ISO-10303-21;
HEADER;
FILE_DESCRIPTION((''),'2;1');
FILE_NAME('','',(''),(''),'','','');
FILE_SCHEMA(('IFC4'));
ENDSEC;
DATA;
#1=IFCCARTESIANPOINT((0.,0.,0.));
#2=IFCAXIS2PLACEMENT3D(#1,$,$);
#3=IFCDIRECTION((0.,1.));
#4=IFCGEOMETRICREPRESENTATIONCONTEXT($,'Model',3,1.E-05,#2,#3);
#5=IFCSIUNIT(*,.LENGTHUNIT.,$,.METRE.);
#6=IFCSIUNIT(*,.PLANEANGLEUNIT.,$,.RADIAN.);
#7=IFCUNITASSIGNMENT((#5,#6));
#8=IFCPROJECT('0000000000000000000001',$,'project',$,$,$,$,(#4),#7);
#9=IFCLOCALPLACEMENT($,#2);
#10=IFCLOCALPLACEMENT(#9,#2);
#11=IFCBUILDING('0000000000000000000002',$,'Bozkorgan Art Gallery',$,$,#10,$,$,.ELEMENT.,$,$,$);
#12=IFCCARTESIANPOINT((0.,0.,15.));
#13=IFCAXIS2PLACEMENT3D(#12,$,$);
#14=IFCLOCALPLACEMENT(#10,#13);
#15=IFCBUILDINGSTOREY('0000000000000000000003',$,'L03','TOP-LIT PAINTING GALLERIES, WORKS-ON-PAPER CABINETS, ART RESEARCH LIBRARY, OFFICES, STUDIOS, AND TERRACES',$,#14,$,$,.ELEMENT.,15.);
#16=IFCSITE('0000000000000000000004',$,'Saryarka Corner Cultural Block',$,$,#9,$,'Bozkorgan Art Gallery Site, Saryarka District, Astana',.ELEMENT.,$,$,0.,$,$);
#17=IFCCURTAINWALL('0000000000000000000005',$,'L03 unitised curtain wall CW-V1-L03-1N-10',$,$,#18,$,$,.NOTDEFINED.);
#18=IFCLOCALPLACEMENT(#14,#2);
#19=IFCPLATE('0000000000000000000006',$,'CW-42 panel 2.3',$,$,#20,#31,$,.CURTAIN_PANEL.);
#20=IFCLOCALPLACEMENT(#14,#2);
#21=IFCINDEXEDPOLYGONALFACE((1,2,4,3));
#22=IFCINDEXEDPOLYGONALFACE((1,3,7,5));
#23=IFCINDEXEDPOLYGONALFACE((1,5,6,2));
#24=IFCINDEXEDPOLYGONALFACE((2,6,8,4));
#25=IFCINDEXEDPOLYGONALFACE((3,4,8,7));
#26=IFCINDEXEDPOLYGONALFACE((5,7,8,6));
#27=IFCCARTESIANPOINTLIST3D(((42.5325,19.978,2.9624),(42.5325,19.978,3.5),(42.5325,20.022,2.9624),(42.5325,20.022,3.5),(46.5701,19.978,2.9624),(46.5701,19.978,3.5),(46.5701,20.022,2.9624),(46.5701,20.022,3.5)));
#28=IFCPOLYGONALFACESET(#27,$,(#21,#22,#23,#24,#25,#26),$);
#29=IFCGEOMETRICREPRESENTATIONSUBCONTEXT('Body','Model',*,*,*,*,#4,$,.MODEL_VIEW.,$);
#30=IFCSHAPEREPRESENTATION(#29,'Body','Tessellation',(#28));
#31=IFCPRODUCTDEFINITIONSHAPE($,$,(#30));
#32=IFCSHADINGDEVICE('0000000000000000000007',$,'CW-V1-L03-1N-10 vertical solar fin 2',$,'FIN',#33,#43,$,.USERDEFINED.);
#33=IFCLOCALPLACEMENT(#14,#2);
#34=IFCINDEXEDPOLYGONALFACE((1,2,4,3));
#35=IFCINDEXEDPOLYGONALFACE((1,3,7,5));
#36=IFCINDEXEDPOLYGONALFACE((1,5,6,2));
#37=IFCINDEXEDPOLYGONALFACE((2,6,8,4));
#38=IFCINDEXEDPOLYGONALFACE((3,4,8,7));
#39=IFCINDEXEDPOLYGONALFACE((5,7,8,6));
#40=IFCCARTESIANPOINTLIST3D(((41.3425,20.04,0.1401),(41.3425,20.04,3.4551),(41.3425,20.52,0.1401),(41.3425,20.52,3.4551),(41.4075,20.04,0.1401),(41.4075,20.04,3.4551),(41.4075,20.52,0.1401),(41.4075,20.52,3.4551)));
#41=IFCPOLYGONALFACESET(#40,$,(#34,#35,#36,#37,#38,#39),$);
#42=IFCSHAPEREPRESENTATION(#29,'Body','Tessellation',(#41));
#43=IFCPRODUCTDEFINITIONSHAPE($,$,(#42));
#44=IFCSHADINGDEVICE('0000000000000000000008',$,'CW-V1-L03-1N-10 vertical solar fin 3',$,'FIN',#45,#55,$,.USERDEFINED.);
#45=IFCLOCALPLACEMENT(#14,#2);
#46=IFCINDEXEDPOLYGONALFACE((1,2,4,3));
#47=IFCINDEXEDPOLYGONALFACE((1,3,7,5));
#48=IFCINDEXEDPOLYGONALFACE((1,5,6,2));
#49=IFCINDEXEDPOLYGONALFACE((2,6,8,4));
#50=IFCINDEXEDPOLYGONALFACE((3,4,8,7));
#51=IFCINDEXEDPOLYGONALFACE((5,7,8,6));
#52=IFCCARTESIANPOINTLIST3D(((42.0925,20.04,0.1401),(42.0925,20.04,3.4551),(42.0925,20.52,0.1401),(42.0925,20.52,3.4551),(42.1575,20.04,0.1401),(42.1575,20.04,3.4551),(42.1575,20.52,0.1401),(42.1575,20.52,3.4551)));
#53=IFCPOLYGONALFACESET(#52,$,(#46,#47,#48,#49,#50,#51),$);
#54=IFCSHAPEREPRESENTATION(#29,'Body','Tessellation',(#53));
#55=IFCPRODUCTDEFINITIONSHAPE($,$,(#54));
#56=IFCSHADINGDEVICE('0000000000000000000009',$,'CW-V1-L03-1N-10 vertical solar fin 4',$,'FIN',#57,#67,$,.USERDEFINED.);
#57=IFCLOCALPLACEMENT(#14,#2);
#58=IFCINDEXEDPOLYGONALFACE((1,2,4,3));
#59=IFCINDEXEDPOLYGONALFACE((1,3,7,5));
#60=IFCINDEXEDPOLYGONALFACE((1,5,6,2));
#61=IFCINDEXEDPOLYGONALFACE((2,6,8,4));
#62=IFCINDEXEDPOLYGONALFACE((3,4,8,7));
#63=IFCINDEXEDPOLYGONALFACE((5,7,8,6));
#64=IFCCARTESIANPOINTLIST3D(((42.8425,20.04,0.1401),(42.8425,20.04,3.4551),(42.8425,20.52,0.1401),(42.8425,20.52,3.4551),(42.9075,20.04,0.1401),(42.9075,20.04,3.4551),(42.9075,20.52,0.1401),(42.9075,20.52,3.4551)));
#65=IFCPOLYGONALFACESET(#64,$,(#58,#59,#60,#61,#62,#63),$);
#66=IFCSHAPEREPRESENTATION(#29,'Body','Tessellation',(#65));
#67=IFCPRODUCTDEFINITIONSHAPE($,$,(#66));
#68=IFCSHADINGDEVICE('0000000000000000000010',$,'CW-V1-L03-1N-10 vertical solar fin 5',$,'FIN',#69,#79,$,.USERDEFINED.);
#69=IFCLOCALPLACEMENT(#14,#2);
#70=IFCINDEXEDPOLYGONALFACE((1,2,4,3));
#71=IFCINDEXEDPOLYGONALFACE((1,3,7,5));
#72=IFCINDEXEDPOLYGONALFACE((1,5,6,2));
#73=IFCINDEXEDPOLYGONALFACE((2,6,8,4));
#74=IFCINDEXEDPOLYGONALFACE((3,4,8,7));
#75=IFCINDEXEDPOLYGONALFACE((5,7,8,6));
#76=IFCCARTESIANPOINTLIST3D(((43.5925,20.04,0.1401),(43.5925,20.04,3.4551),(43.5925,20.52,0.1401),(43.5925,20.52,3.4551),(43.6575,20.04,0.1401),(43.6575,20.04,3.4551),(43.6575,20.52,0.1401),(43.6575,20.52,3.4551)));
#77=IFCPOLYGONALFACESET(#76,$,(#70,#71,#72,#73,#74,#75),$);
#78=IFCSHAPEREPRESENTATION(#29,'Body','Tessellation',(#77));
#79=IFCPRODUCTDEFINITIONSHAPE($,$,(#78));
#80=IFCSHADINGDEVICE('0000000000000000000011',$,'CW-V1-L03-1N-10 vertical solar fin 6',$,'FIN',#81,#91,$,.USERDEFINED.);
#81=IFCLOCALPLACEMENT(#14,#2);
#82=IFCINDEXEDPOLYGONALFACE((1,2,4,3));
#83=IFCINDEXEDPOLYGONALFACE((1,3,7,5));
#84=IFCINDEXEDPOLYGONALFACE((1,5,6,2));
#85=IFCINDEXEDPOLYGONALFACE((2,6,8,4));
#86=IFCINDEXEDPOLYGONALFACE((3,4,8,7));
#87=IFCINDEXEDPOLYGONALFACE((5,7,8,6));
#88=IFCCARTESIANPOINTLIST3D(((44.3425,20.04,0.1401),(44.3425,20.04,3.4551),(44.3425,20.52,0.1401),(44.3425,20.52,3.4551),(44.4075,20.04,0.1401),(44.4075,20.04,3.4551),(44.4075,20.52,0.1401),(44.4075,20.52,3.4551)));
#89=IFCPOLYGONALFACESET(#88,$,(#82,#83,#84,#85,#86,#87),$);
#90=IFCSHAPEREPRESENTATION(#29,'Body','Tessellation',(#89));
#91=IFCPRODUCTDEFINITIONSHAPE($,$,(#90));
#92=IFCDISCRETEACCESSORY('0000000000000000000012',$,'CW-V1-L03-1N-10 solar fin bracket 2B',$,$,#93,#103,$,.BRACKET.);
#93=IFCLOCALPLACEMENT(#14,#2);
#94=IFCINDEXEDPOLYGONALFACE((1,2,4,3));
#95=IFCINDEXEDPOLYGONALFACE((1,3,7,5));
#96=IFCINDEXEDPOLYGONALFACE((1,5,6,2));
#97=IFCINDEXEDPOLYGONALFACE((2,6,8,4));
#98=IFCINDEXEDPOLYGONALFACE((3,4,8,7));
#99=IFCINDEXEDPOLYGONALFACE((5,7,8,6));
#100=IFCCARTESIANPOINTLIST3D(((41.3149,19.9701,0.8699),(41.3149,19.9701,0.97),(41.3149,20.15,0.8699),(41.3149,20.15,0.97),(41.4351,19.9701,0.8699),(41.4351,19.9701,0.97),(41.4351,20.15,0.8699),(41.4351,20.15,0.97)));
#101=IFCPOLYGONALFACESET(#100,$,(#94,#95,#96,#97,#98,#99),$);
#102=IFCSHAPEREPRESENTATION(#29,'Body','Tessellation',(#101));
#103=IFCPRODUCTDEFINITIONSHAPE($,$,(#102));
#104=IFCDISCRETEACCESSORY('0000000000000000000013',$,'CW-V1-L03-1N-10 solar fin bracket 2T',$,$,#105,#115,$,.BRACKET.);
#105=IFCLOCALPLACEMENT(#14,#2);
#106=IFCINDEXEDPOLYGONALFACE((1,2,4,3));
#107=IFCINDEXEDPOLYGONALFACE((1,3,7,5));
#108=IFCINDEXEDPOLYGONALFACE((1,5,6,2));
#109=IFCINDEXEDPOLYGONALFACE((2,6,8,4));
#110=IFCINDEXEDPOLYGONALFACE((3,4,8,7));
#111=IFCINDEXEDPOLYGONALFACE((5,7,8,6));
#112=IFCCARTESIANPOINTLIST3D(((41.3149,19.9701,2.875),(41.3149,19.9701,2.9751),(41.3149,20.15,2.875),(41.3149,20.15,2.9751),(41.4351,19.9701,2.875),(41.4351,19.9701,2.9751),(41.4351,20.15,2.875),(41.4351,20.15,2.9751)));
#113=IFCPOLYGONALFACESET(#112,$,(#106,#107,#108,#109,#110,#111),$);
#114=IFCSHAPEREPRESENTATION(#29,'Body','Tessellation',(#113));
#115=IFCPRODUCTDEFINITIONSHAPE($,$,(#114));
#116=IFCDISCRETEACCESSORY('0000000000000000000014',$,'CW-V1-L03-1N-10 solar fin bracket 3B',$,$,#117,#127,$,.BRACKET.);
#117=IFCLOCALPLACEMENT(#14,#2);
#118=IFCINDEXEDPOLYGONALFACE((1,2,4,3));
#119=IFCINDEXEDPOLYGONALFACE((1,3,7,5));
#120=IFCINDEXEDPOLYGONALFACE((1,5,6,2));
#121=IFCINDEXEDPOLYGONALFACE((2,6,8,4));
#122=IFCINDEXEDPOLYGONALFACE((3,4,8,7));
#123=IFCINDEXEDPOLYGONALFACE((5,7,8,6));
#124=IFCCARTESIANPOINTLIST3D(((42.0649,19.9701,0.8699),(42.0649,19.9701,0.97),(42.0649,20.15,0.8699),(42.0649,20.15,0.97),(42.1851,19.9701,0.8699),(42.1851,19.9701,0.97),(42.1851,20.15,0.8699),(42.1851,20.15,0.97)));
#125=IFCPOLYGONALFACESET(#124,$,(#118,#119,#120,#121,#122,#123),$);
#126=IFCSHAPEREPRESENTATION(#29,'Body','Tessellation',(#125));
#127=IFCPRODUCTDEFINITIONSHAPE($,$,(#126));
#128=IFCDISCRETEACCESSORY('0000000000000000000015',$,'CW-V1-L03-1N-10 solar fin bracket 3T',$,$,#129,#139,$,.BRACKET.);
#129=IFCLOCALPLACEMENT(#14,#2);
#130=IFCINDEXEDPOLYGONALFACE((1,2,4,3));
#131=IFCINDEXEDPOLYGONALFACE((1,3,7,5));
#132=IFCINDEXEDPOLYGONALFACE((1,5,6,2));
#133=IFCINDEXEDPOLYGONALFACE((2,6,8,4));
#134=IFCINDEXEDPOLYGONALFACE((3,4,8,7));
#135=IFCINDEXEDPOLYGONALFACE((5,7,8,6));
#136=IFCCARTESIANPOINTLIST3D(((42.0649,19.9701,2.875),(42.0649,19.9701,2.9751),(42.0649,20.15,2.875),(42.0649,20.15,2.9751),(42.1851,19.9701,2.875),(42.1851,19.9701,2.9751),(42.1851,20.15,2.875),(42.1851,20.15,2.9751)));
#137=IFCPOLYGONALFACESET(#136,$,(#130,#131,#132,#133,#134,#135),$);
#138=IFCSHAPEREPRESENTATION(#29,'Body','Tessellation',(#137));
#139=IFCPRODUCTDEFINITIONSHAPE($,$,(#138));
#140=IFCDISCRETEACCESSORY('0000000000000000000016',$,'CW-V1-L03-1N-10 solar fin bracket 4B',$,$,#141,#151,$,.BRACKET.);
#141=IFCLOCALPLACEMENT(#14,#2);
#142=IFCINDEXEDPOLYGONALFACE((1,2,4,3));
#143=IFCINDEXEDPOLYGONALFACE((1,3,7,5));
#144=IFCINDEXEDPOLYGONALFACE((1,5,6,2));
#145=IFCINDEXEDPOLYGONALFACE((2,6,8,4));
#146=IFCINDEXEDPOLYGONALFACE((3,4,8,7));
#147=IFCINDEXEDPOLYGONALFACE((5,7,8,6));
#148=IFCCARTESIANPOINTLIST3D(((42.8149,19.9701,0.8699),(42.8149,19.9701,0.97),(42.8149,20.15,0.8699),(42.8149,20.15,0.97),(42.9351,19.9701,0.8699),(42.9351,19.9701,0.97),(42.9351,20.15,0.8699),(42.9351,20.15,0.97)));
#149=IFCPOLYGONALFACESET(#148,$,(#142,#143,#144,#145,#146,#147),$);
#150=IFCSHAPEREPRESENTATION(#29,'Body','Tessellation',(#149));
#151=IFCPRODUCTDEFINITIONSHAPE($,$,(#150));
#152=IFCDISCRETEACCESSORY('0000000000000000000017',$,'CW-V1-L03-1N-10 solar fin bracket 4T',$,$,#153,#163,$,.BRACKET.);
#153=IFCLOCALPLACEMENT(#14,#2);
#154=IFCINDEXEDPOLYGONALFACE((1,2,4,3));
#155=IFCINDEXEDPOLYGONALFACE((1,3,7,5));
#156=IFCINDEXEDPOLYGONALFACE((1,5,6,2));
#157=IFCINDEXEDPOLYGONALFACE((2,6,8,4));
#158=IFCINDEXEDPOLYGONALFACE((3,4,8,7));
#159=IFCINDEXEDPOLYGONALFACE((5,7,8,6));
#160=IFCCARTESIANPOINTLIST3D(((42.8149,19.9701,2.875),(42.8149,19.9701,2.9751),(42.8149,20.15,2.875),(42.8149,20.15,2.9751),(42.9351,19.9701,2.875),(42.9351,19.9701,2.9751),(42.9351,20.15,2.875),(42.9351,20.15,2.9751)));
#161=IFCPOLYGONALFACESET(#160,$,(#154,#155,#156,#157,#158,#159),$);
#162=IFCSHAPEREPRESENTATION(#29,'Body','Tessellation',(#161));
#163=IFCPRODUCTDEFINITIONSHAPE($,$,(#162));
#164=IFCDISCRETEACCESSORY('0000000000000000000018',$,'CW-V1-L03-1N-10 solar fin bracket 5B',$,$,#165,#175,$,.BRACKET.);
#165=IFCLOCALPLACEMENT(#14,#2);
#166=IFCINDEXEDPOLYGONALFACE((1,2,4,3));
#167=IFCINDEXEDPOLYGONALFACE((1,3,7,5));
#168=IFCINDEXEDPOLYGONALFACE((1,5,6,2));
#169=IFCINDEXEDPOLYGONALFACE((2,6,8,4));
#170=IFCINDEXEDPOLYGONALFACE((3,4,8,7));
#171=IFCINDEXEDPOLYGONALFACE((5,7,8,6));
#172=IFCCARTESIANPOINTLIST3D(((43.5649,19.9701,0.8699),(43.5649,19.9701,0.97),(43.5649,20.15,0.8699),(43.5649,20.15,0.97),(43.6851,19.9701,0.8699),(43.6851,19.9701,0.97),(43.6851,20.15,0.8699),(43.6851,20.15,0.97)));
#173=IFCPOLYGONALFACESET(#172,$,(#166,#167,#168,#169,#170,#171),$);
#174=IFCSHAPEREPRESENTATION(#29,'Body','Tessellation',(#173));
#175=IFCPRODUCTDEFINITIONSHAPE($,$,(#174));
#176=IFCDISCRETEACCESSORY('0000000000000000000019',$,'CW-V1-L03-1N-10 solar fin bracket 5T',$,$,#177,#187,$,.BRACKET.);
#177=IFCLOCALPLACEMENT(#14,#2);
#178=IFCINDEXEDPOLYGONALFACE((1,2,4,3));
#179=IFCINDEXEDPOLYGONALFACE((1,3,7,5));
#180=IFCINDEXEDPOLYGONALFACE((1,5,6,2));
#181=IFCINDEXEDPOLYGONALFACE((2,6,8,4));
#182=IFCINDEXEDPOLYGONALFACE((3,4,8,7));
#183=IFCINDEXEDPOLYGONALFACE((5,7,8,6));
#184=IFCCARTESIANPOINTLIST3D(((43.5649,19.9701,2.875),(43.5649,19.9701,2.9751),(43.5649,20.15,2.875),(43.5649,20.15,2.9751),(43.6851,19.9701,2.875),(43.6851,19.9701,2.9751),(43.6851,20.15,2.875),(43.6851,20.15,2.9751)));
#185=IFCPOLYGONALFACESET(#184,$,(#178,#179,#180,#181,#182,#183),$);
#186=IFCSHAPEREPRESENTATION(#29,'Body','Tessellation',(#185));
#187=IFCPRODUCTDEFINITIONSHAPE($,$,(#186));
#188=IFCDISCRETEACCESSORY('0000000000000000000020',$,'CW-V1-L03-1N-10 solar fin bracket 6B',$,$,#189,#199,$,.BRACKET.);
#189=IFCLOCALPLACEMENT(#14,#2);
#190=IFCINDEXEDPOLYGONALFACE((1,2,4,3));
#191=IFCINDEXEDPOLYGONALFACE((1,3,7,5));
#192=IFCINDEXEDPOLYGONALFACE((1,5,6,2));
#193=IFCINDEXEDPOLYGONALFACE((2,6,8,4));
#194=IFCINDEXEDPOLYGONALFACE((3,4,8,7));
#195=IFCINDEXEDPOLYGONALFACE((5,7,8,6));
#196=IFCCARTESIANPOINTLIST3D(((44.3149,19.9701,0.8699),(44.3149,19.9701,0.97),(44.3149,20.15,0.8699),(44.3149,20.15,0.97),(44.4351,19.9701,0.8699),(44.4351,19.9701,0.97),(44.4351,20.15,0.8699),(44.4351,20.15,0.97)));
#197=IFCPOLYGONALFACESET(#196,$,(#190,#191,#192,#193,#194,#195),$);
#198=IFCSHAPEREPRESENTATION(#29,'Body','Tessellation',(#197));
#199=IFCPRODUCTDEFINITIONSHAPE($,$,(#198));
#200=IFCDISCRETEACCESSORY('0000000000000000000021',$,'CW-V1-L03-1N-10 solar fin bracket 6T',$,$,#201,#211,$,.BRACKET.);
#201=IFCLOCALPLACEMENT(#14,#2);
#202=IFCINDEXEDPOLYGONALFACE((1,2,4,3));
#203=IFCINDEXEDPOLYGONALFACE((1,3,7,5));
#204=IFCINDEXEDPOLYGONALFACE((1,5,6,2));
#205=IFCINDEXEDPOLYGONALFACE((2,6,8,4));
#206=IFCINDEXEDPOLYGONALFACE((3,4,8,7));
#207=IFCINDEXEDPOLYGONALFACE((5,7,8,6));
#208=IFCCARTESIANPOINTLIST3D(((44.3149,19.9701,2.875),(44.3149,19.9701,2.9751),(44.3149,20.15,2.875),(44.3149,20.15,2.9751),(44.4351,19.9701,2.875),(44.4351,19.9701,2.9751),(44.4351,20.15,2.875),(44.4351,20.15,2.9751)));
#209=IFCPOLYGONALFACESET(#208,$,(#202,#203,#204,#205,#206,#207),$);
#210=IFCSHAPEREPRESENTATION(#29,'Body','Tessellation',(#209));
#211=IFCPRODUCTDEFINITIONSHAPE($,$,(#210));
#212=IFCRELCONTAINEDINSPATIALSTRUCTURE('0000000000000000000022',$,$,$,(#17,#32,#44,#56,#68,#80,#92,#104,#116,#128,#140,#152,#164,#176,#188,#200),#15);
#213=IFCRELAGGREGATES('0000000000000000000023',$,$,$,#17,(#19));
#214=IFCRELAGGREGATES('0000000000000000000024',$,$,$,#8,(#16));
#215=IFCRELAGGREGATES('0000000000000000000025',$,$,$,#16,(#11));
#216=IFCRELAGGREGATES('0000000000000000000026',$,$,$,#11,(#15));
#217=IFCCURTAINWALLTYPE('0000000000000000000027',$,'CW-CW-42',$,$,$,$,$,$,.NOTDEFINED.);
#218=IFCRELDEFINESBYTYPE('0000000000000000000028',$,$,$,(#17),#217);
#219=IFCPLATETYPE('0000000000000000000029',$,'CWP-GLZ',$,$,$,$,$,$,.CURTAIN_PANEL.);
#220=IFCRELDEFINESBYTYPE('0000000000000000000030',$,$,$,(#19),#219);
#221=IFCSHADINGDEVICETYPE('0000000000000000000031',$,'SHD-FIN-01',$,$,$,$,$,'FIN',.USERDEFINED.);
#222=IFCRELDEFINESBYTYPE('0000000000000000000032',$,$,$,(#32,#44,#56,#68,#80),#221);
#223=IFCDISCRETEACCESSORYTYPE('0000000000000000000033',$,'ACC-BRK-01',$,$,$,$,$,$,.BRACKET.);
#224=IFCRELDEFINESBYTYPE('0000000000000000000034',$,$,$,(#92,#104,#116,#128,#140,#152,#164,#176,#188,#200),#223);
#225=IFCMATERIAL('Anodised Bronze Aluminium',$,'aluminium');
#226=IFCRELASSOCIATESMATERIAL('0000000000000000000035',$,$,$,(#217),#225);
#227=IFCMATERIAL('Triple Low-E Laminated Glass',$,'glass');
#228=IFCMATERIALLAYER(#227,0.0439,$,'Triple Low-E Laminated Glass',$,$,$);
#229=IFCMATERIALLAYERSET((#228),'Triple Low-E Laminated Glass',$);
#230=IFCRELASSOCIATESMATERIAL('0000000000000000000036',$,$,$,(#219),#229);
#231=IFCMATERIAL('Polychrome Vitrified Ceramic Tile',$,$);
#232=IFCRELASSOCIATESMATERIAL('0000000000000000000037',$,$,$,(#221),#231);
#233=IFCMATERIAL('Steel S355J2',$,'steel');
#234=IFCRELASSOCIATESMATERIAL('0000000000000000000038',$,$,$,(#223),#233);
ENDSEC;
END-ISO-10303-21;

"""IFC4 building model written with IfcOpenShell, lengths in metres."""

from ifc_helpers import new_model, si_unit, direction, frame, origin, origin_2d, place, context, subcontext, project, spatial, rectangle, extrude, material, layer, layer_set, type_object, element, aggregate, save


model = new_model("IFC4")

# Units and contexts
model_context = context("Model", 3, precision=1e-05, world=origin(), true_north=direction((0.0, 1.0)))
body_context = subcontext(model_context, "Body", "Model", "MODEL_VIEW")
ifc_project = project(units=[si_unit("LENGTHUNIT", "METRE"), si_unit("PLANEANGLEUNIT", "RADIAN")], contexts=[model_context])

# Site, building, storey
site_placement = place(None, origin())
site = spatial("IfcSite", under=ifc_project, at=site_placement, Name="Saryarka Corner Cultural Block", LongName="Bozkorgan Art Gallery Site, Saryarka District, Astana", CompositionType="ELEMENT", RefElevation=0.0)
building_placement = place(site_placement, origin())
building = spatial("IfcBuilding", under=site, at=building_placement, Name="Bozkorgan Art Gallery", CompositionType="ELEMENT")
storey_placement = place(building_placement, frame((0.0, 0.0, 15.0)))
storey = spatial("IfcBuildingStorey", under=building, at=storey_placement, Name="L03", Description="TOP-LIT PAINTING GALLERIES, WORKS-ON-PAPER CABINETS, ART RESEARCH LIBRARY, OFFICES, STUDIOS, AND TERRACES", CompositionType="ELEMENT", Elevation=15.0)

# Shared definitions
ifc_material_1 = material(Name="Steel S355J2", Category="steel")

# Curtain wall
ifc_material_2 = material(Name="Anodised Bronze Aluminium", Category="aluminium")
curtain_wall_type = type_object("IfcCurtainWallType", Name="CW-CW-42", PredefinedType="NOTDEFINED", material=ifc_material_2)
curtain_wall_1_placement = place(storey_placement, origin())
curtain_wall_1 = element("IfcCurtainWall", 1, at=curtain_wall_1_placement, inside=storey, type_object=curtain_wall_type, Name="L03 unitised curtain wall CW-V1-L03-1N-10", PredefinedType="NOTDEFINED")

# Plate
ifc_material_3 = material(Name="Triple Low-E Laminated Glass", Category="glass")
ifc_layer = layer(ifc_material_3, 0.0439, Name="Triple Low-E Laminated Glass")
ifc_layer_set = layer_set([ifc_layer], Name="Triple Low-E Laminated Glass")
plate_type = type_object("IfcPlateType", Name="CWP-GLZ", PredefinedType="CURTAIN_PANEL", material=ifc_layer_set)
plate_1_placement = place(storey_placement, frame((44.5513, 20.0, 2.9624), z_axis=(0.0, 0.0, 1.0), x_axis=(1.0, 0.0, 0.0)))
plate_1 = element("IfcPlate", 2, at=plate_1_placement, type_object=plate_type, Name="CW-42 panel 2.3", PredefinedType="CURTAIN_PANEL", context=body_context, shape_type="SweptSolid", body=[
    extrude(rectangle(XDim=4.0376, YDim=0.0439, at=origin_2d()), origin(), (0.0, 0.0, 1.0), 0.5376),
])
aggregate(curtain_wall_1, [plate_1])

# Shading devices
ifc_material_4 = material(Name="Polychrome Vitrified Ceramic Tile")
shading_device_type = type_object("IfcShadingDeviceType", Name="SHD-FIN-01", ElementType="FIN", PredefinedType="USERDEFINED", material=ifc_material_4)
for number, where, z_axis, x_axis, name in (
    (3, (41.375, 20.28, 0.1401), (0.0, 0.0, 1.0), (0.0, 1.0, 0.0), "CW-V1-L03-1N-10 vertical solar fin 2"),
    (4, (42.125, 20.28, 0.1401), (0.0, 0.0, 1.0), (0.0, 1.0, 0.0), "CW-V1-L03-1N-10 vertical solar fin 3"),
    (5, (42.875, 20.28, 0.1401), (0.0, 0.0, 1.0), (0.0, 1.0, 0.0), "CW-V1-L03-1N-10 vertical solar fin 4"),
    (6, (43.625, 20.28, 0.1401), (0.0, 0.0, 1.0), (0.0, 1.0, 0.0), "CW-V1-L03-1N-10 vertical solar fin 5"),
    (7, (44.375, 20.28, 0.1401), (0.0, 0.0, 1.0), (0.0, 1.0, 0.0), "CW-V1-L03-1N-10 vertical solar fin 6"),
):
    element("IfcShadingDevice", number, at=place(storey_placement, frame(where, z_axis=z_axis, x_axis=x_axis)), inside=storey, type_object=shading_device_type, Name=name, ObjectType="FIN", PredefinedType="USERDEFINED", context=body_context, shape_type="SweptSolid", body=[
        extrude(rectangle(XDim=0.48, YDim=0.0649, at=origin_2d()), origin(), (0.0, 0.0, 1.0), 3.3149),
    ])

# Discrete accessories
discrete_accessory_type = type_object("IfcDiscreteAccessoryType", Name="ACC-BRK-01", PredefinedType="BRACKET", material=ifc_material_1)
for number, where, z_axis, x_axis, name in (
    (8, (41.375, 20.0601, 0.8699), (0.0, 0.0, 1.0), (0.0, 1.0, 0.0), "CW-V1-L03-1N-10 solar fin bracket 2B"),
    (9, (41.375, 20.0601, 2.875), (0.0, 0.0, 1.0), (0.0, 1.0, 0.0), "CW-V1-L03-1N-10 solar fin bracket 2T"),
    (10, (42.125, 20.0601, 0.8699), (0.0, 0.0, 1.0), (0.0, 1.0, 0.0), "CW-V1-L03-1N-10 solar fin bracket 3B"),
    (11, (42.125, 20.0601, 2.875), (0.0, 0.0, 1.0), (0.0, 1.0, 0.0), "CW-V1-L03-1N-10 solar fin bracket 3T"),
    (12, (42.875, 20.0601, 0.8699), (0.0, 0.0, 1.0), (0.0, 1.0, 0.0), "CW-V1-L03-1N-10 solar fin bracket 4B"),
    (13, (42.875, 20.0601, 2.875), (0.0, 0.0, 1.0), (0.0, 1.0, 0.0), "CW-V1-L03-1N-10 solar fin bracket 4T"),
    (14, (43.625, 20.0601, 0.8699), (0.0, 0.0, 1.0), (0.0, 1.0, 0.0), "CW-V1-L03-1N-10 solar fin bracket 5B"),
    (15, (43.625, 20.0601, 2.875), (0.0, 0.0, 1.0), (0.0, 1.0, 0.0), "CW-V1-L03-1N-10 solar fin bracket 5T"),
    (16, (44.375, 20.0601, 0.8699), (0.0, 0.0, 1.0), (0.0, 1.0, 0.0), "CW-V1-L03-1N-10 solar fin bracket 6B"),
    (17, (44.375, 20.0601, 2.875), (0.0, 0.0, 1.0), (0.0, 1.0, 0.0), "CW-V1-L03-1N-10 solar fin bracket 6T"),
):
    element("IfcDiscreteAccessory", number, at=place(storey_placement, frame(where, z_axis=z_axis, x_axis=x_axis)), inside=storey, type_object=discrete_accessory_type, Name=name, PredefinedType="BRACKET", context=body_context, shape_type="SweptSolid", body=[
        extrude(rectangle(XDim=0.1799, YDim=0.1201, at=origin_2d()), origin(), (0.0, 0.0, 1.0), 0.1001),
    ])

save(model, "model.ifc")
